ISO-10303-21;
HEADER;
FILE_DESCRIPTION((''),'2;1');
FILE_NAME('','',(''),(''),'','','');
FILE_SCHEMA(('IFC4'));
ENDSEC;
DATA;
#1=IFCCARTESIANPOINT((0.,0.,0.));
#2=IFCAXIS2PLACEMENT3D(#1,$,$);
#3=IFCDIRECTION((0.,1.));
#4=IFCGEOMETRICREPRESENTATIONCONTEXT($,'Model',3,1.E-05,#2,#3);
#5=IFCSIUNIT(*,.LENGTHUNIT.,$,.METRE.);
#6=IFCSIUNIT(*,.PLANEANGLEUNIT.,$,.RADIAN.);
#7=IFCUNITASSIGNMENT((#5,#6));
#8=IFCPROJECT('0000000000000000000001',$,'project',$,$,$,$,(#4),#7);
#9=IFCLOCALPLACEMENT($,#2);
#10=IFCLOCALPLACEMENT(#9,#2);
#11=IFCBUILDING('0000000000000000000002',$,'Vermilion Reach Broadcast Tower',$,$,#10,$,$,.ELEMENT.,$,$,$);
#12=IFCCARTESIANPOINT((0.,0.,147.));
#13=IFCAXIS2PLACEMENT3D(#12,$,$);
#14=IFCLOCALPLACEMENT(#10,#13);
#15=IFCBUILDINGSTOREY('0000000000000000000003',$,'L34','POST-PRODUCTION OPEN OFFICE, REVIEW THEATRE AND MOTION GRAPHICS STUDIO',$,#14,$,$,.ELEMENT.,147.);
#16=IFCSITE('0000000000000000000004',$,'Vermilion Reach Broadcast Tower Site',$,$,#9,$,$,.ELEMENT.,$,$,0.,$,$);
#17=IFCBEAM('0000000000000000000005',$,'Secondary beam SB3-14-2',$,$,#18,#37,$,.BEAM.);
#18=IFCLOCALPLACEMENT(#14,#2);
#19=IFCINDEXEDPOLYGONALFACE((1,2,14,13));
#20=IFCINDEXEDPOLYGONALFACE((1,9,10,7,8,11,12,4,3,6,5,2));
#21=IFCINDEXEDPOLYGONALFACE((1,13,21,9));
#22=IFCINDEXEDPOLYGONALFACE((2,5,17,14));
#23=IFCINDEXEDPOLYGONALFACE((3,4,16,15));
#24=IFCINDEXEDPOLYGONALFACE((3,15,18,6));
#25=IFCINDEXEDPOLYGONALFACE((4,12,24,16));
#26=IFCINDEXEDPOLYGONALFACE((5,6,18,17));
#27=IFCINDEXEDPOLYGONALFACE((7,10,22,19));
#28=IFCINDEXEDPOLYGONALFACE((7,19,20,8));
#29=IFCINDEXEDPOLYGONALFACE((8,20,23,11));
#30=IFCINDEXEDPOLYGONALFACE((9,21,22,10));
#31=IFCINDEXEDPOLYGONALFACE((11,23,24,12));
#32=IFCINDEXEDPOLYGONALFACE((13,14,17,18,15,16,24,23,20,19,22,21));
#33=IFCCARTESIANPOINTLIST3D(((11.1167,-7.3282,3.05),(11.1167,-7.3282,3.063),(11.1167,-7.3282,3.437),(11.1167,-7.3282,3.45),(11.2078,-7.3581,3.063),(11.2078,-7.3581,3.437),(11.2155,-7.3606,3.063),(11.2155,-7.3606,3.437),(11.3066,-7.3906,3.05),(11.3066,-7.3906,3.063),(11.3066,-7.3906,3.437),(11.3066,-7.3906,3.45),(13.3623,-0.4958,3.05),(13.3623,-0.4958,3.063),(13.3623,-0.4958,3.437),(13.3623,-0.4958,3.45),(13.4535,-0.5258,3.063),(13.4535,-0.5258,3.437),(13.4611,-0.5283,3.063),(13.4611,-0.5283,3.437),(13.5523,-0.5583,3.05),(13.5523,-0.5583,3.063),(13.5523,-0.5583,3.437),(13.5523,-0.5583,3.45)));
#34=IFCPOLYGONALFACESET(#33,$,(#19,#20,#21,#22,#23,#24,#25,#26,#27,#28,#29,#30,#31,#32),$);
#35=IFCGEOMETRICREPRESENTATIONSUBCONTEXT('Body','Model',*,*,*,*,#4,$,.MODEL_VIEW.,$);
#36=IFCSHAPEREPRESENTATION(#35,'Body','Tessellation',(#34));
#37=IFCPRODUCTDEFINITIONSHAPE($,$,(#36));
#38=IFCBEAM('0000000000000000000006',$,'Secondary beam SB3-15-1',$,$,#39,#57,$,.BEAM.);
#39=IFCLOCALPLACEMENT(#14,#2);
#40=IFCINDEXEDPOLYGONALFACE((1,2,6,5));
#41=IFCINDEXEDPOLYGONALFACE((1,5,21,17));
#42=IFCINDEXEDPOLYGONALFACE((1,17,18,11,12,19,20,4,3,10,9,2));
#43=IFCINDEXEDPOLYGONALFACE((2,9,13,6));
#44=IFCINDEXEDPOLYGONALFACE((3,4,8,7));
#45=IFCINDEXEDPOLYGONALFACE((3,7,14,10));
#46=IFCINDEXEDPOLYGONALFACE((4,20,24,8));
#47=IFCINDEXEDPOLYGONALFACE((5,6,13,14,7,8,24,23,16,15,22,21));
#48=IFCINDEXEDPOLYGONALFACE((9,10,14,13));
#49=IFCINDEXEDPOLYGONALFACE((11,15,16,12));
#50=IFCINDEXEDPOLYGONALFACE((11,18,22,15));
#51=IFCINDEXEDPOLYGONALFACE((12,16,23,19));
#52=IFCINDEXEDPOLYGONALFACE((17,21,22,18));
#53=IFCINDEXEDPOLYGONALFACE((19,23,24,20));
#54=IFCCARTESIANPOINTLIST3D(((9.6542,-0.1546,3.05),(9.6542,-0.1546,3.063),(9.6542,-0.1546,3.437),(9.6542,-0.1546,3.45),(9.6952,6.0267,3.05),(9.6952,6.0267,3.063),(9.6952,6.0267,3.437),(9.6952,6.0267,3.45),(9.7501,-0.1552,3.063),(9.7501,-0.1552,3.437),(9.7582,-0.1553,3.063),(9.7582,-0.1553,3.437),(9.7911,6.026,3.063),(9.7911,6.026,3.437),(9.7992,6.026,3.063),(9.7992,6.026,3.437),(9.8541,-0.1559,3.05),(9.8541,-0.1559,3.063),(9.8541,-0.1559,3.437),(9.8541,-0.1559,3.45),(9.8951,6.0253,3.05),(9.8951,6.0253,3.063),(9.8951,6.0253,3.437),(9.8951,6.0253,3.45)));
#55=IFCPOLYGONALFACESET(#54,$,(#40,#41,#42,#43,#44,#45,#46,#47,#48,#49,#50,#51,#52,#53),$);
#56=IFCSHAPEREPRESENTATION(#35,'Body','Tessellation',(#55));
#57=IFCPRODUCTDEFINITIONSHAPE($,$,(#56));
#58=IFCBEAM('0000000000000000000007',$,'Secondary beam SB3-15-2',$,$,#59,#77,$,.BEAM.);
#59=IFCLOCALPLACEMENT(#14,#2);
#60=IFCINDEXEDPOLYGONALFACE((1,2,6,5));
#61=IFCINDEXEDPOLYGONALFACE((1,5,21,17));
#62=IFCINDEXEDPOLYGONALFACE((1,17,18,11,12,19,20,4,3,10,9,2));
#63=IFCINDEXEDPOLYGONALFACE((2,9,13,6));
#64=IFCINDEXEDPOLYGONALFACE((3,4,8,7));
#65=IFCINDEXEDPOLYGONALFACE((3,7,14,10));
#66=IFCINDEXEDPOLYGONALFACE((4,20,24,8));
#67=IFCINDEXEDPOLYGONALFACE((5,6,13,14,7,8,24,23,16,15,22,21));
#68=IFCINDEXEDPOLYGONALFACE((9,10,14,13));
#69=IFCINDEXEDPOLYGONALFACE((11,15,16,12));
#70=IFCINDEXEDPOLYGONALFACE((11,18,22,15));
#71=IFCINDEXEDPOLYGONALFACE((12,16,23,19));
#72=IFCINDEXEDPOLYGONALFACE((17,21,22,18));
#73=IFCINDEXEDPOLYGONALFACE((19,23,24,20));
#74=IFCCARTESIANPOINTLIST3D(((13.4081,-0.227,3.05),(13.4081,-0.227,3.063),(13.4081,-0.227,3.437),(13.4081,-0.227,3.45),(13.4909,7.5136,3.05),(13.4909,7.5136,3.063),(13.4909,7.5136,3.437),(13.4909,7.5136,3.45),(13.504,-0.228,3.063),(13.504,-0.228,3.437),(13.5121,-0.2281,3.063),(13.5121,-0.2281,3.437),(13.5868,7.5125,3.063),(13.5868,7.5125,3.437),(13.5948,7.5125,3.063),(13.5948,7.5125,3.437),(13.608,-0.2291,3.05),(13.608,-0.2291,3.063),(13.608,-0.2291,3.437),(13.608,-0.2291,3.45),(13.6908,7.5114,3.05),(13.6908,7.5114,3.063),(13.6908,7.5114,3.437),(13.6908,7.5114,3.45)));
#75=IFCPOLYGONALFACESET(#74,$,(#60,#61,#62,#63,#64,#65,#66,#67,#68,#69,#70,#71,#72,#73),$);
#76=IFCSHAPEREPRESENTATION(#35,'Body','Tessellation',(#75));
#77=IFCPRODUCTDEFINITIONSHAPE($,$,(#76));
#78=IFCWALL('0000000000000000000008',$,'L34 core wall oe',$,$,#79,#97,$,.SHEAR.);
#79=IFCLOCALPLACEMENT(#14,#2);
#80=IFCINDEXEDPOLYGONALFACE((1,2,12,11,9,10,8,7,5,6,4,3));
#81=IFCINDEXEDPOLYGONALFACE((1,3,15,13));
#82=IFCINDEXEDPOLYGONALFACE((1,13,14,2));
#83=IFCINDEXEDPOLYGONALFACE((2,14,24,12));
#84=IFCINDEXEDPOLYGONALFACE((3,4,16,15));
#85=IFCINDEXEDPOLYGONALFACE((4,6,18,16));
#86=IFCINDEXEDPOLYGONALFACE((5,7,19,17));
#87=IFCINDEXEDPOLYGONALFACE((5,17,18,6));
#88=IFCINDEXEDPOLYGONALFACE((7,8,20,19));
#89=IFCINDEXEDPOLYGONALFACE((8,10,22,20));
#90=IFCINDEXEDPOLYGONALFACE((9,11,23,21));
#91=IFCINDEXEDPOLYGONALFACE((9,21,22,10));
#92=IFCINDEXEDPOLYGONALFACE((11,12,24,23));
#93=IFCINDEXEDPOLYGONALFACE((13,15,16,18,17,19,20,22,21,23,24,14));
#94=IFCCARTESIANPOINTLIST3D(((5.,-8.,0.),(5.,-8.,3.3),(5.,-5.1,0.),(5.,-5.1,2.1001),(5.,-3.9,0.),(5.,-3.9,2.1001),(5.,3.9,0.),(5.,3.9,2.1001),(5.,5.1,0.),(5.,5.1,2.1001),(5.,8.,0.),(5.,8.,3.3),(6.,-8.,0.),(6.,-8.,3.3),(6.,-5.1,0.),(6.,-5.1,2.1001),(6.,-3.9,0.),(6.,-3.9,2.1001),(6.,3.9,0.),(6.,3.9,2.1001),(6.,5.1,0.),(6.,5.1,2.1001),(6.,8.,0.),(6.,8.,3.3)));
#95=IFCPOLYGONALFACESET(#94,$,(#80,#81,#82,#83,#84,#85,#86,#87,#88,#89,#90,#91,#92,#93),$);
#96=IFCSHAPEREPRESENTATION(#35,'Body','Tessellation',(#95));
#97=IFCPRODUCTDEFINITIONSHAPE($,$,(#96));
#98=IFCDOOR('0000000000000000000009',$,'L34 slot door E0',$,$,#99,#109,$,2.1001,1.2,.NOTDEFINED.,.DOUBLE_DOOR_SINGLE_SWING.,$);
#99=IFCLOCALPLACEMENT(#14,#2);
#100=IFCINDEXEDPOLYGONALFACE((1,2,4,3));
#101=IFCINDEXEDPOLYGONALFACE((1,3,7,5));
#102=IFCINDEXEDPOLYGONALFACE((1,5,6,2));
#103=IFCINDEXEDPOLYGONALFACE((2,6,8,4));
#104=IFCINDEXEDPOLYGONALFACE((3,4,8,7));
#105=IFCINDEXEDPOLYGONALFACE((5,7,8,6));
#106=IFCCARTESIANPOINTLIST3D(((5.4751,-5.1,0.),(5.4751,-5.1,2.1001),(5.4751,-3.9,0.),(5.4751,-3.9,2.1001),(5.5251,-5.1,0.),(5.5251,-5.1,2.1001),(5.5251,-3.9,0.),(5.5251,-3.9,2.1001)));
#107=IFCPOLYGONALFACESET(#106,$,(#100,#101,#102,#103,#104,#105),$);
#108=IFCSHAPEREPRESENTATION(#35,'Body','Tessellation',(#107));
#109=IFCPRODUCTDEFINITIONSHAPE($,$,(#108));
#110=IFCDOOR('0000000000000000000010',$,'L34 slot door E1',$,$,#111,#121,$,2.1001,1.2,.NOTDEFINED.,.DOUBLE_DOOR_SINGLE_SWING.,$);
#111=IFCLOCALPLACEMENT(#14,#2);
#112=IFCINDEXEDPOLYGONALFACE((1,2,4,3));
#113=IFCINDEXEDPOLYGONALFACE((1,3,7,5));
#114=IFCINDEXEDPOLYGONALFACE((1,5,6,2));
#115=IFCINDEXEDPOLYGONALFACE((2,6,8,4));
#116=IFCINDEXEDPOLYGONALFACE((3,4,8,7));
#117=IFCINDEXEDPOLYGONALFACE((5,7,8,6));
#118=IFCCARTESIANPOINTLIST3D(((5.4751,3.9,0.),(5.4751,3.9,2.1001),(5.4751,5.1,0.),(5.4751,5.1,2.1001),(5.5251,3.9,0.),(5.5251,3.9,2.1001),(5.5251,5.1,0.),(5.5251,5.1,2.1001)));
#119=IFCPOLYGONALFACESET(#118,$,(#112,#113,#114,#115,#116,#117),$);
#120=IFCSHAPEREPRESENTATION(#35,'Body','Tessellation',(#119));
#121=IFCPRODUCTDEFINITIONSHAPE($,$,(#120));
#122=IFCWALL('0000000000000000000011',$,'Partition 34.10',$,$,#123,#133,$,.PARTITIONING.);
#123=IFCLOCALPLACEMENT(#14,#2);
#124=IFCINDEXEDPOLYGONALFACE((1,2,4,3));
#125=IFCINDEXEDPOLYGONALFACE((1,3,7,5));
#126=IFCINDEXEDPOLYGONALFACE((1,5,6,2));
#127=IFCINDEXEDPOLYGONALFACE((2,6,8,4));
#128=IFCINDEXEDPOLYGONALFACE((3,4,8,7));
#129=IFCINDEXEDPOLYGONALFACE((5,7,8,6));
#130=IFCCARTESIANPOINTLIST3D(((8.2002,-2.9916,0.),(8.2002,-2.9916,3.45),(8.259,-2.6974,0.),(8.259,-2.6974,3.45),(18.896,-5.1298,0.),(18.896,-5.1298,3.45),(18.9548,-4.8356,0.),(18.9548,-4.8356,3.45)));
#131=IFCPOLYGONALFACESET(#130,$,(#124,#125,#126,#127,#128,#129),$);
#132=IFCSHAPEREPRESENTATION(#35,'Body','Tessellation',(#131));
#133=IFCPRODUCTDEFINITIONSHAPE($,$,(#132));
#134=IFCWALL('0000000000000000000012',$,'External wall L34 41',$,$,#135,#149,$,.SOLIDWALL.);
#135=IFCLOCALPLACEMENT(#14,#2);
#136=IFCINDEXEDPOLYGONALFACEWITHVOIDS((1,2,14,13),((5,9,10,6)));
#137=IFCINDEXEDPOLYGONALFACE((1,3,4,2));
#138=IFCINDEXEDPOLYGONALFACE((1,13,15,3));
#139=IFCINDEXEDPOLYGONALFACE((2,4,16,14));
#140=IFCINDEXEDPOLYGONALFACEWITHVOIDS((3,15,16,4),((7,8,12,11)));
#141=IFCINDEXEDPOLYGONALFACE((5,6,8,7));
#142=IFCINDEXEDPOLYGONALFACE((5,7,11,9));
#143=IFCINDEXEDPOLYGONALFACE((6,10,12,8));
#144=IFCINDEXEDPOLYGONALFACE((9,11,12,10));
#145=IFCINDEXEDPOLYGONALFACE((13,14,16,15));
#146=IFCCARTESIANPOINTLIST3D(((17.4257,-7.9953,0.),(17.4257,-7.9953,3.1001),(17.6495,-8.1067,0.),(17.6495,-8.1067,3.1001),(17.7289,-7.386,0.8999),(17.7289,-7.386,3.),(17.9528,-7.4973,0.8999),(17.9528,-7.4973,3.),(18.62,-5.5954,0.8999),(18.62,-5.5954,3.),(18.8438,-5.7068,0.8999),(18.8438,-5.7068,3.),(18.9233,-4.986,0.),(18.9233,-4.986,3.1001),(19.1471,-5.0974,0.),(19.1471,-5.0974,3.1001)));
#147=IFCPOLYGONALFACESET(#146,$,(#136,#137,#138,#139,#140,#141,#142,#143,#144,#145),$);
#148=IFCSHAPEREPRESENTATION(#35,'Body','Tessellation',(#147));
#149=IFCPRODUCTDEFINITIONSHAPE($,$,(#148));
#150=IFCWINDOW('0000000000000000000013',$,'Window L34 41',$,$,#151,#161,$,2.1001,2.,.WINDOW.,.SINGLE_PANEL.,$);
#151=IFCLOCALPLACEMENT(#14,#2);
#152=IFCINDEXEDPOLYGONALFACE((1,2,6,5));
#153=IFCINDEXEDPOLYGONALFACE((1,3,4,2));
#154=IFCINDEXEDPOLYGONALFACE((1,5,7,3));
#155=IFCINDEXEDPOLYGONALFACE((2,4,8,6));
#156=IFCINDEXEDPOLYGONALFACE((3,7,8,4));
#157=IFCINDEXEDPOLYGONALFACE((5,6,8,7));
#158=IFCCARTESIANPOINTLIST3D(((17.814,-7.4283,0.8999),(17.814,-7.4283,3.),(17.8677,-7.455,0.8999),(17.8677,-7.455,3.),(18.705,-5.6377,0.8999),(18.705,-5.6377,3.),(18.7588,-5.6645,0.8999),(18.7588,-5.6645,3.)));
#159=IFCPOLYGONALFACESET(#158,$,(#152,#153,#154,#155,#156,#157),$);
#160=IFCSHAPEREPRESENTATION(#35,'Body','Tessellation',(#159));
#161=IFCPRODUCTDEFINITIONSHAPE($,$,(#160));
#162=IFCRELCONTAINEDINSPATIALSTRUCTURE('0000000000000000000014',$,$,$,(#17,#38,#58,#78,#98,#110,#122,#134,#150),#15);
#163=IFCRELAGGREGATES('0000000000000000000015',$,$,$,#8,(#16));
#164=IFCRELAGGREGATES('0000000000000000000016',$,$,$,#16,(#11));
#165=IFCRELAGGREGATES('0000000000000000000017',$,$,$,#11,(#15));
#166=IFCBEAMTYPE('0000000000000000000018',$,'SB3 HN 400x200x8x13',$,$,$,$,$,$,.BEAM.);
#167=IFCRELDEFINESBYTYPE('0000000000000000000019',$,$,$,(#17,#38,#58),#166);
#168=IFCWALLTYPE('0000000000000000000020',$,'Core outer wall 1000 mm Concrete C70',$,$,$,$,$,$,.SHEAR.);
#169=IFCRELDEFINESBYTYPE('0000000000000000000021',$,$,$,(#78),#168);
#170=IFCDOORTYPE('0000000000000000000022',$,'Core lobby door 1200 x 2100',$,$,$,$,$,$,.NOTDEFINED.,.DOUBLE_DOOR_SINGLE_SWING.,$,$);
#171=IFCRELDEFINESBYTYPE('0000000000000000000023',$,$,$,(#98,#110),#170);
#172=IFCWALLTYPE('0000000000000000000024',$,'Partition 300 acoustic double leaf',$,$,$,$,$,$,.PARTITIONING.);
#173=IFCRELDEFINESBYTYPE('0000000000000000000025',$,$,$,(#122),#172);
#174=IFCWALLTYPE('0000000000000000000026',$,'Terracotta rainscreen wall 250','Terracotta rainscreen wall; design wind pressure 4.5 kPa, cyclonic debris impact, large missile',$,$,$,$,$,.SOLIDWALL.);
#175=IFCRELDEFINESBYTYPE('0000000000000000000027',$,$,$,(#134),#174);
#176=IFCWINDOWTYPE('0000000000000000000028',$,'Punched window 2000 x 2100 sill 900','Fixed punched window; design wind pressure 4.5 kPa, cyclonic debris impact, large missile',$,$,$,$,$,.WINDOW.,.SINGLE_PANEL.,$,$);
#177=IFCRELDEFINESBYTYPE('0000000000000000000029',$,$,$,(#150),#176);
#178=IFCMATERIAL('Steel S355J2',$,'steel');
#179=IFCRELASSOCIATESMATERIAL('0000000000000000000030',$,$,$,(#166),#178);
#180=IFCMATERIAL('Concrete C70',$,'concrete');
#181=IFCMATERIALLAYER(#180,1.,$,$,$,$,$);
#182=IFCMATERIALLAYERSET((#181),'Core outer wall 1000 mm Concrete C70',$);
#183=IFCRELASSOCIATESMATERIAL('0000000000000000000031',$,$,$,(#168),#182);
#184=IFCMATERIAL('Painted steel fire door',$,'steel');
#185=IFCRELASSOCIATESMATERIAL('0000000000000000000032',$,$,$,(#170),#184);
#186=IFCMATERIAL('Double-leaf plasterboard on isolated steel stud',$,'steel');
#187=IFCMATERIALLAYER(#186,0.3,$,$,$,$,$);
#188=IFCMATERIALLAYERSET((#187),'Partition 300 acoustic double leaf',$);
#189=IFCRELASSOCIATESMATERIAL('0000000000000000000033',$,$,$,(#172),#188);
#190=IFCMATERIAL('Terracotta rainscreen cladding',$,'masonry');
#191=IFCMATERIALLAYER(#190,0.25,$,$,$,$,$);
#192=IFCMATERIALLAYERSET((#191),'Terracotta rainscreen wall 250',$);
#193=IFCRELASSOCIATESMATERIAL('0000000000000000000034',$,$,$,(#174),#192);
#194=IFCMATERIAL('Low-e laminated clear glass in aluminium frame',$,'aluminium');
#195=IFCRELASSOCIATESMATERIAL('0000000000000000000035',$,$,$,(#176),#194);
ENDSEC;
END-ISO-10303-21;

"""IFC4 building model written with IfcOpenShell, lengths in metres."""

from ifc_helpers import new_model, si_unit, direction, frame, frame_2d, origin, origin_2d, place, context, subcontext, project, spatial, rectangle, i_section, extrude, material, layer, layer_set, material_profile, profile_set, type_object, element, fill, save


model = new_model("IFC4")

# Units and contexts
model_context = context("Model", 3, precision=1e-05, world=origin(), true_north=direction((0.0, 1.0)))
body_context = subcontext(model_context, "Body", "Model", "MODEL_VIEW")
ifc_project = project(units=[si_unit("LENGTHUNIT", "METRE"), si_unit("PLANEANGLEUNIT", "RADIAN")], contexts=[model_context])

# Site, building, storey
site_placement = place(None, origin())
site = spatial("IfcSite", under=ifc_project, at=site_placement, Name="Vermilion Reach Broadcast Tower Site", CompositionType="ELEMENT", RefElevation=0.0)
building_placement = place(site_placement, origin())
building = spatial("IfcBuilding", under=site, at=building_placement, Name="Vermilion Reach Broadcast Tower", CompositionType="ELEMENT")
storey_placement = place(building_placement, frame((0.0, 0.0, 147.0)))
storey = spatial("IfcBuildingStorey", under=building, at=storey_placement, Name="L34", Description="POST-PRODUCTION OPEN OFFICE, REVIEW THEATRE AND MOTION GRAPHICS STUDIO", CompositionType="ELEMENT", Elevation=147.0)

# Beams
ifc_material_1 = material(Name="Steel S355J2", Category="steel")
ifc_material_profile_1 = material_profile(ifc_material_1, i_section(OverallWidth=0.2, OverallDepth=0.3999, WebThickness=0.0081, FlangeThickness=0.0129, at=origin_2d()), Name="S355J2 HN 400x200x8x13")
ifc_profile_set_1 = profile_set([ifc_material_profile_1], Name="Steel S355J2")
beam_type_1 = type_object("IfcBeamType", Name="SB3 HN 400x200x8x13", PredefinedType="BEAM", material=ifc_profile_set_1)
beam_1_placement = place(storey_placement, frame((11.2117, -7.3594, 3.25), z_axis=(0.312243, 0.950002, 0.0), x_axis=(-0.950002, 0.312243, 0.0)))
element("IfcBeam", 1, at=beam_1_placement, inside=storey, type_object=beam_type_1, Name="Secondary beam SB3-14-2", PredefinedType="BEAM", context=body_context, shape_type="SweptSolid", body=[
    extrude(i_section(OverallWidth=0.2, OverallDepth=0.3999, WebThickness=0.0081, FlangeThickness=0.0129, at=origin_2d()), origin(), (0.0, 0.0, 1.0), 7.1919),
])
beam_2_placement = place(storey_placement, frame((9.7542, -0.1553, 3.25), z_axis=(0.006635, 0.999978, 0.0), x_axis=(-0.999978, 0.006635, 0.0)))
element("IfcBeam", 2, at=beam_2_placement, inside=storey, type_object=beam_type_1, Name="Secondary beam SB3-15-1", PredefinedType="BEAM", context=body_context, shape_type="SweptSolid", body=[
    extrude(i_section(OverallWidth=0.2, OverallDepth=0.3999, WebThickness=0.0081, FlangeThickness=0.0129, at=origin_2d()), origin(), (0.0, 0.0, 1.0), 6.1814),
])
beam_3_placement = place(storey_placement, frame((13.5081, -0.228, 3.25), z_axis=(0.010692, 0.999943, 0.0), x_axis=(-0.999943, 0.010692, 0.0)))
element("IfcBeam", 3, at=beam_3_placement, inside=storey, type_object=beam_type_1, Name="Secondary beam SB3-15-2", PredefinedType="BEAM", context=body_context, shape_type="SweptSolid", body=[
    extrude(i_section(OverallWidth=0.2, OverallDepth=0.3999, WebThickness=0.0081, FlangeThickness=0.0129, at=origin_2d()), origin(), (0.0, 0.0, 1.0), 7.741),
])

# Wall, openings, doors
ifc_material_2 = material(Name="Concrete C70", Category="concrete")
ifc_layer_1 = layer(ifc_material_2, 1.0)
ifc_layer_set_1 = layer_set([ifc_layer_1], Name="Core outer wall 1000 mm Concrete C70")
wall_type_1 = type_object("IfcWallType", Name="Core outer wall 1000 mm Concrete C70", PredefinedType="SHEAR", material=ifc_layer_set_1)
wall_1_placement = place(storey_placement, frame((5.5, -8.0, 0.0), z_axis=(0.0, 0.0, 1.0), x_axis=(0.0, 1.0, 0.0)))
wall_1 = element("IfcWall", 4, at=wall_1_placement, inside=storey, type_object=wall_type_1, Name="L34 core wall oe", PredefinedType="SHEAR", context=body_context, shape_type="SweptSolid", body=[
    extrude(rectangle(XDim=16.0, YDim=1.0, at=frame_2d((8.0, 0.0))), origin(), (0.0, 0.0, 1.0), 3.3),
])
opening_1_placement = place(wall_1_placement, frame((2.8999, 0.0, 0.0)))
opening_1 = element("IfcOpeningElement", 5, at=opening_1_placement, cuts=wall_1, PredefinedType="OPENING", context=body_context, shape_type="SweptSolid", body=[
    extrude(rectangle(XDim=1.2, YDim=2.1001, at=frame_2d((0.6001, 1.05))), frame((0.0, 0.51, 0.0), z_axis=(0.0, -1.0, 0.0), x_axis=(1.0, 0.0, 0.0)), (0.0, 0.0, 1.0), 1.02),
])
opening_2_placement = place(wall_1_placement, frame((11.8999, 0.0, 0.0)))
opening_2 = element("IfcOpeningElement", 6, at=opening_2_placement, cuts=wall_1, PredefinedType="OPENING", context=body_context, shape_type="SweptSolid", body=[
    extrude(rectangle(XDim=1.2, YDim=2.1001, at=frame_2d((0.6001, 1.05))), frame((0.0, 0.51, 0.0), z_axis=(0.0, -1.0, 0.0), x_axis=(1.0, 0.0, 0.0)), (0.0, 0.0, 1.0), 1.02),
])
ifc_material_3 = material(Name="Painted steel fire door", Category="steel")
door_type_1 = type_object("IfcDoorType", Name="Core lobby door 1200 x 2100", OperationType="DOUBLE_DOOR_SINGLE_SWING", PredefinedType="NOTDEFINED", material=ifc_material_3)
door_1_placement = place(opening_1_placement, origin())
door_1 = element("IfcDoor", 7, at=door_1_placement, inside=storey, type_object=door_type_1, Name="L34 slot door E0", OperationType="DOUBLE_DOOR_SINGLE_SWING", OverallHeight=2.1001, OverallWidth=1.2, PredefinedType="NOTDEFINED", context=body_context, shape_type="SweptSolid", body=[
    extrude(rectangle(XDim=1.2, YDim=2.1001, at=frame_2d((0.6001, 1.05))), frame((0.0, 0.0249, 0.0), z_axis=(0.0, -1.0, 0.0), x_axis=(1.0, 0.0, 0.0)), (0.0, 0.0, 1.0), 0.05),
])
fill(opening_1, door_1)
door_2_placement = place(opening_2_placement, origin())
door_2 = element("IfcDoor", 8, at=door_2_placement, inside=storey, type_object=door_type_1, Name="L34 slot door E1", OperationType="DOUBLE_DOOR_SINGLE_SWING", OverallHeight=2.1001, OverallWidth=1.2, PredefinedType="NOTDEFINED", context=body_context, shape_type="SweptSolid", body=[
    extrude(rectangle(XDim=1.2, YDim=2.1001, at=frame_2d((0.6001, 1.05))), frame((0.0, 0.0249, 0.0), z_axis=(0.0, -1.0, 0.0), x_axis=(1.0, 0.0, 0.0)), (0.0, 0.0, 1.0), 0.05),
])
fill(opening_2, door_2)

# Wall
ifc_material_4 = material(Name="Double-leaf plasterboard on isolated steel stud", Category="steel")
ifc_layer_2 = layer(ifc_material_4, 0.3)
ifc_layer_set_2 = layer_set([ifc_layer_2], Name="Partition 300 acoustic double leaf")
wall_type_2 = type_object("IfcWallType", Name="Partition 300 acoustic double leaf", PredefinedType="PARTITIONING", material=ifc_layer_set_2)
wall_2_placement = place(storey_placement, frame((18.9253, -4.9827, 0.0), z_axis=(0.0, 0.0, 1.0), x_axis=(-0.980598, 0.19603, 0.0)))
element("IfcWall", 9, at=wall_2_placement, inside=storey, type_object=wall_type_2, Name="Partition 34.10", PredefinedType="PARTITIONING", context=body_context, shape_type="SweptSolid", body=[
    extrude(rectangle(XDim=10.9075, YDim=0.3, at=frame_2d((5.4536, 0.0))), origin(), (0.0, 0.0, 1.0), 3.45),
])

# Wall, opening, window
ifc_material_5 = material(Name="Terracotta rainscreen cladding", Category="masonry")
ifc_layer_3 = layer(ifc_material_5, 0.25)
ifc_layer_set_3 = layer_set([ifc_layer_3], Name="Terracotta rainscreen wall 250")
wall_type_3 = type_object("IfcWallType", Name="Terracotta rainscreen wall 250", Description="Terracotta rainscreen wall; design wind pressure 4.5 kPa, cyclonic debris impact, large missile", PredefinedType="SOLIDWALL", material=ifc_layer_set_3)
wall_3_placement = place(storey_placement, frame((17.5376, -8.051, 0.0), z_axis=(0.0, 0.0, 1.0), x_axis=(0.445528, 0.895268, 0.0)))
wall_3 = element("IfcWall", 10, at=wall_3_placement, inside=storey, type_object=wall_type_3, Name="External wall L34 41", PredefinedType="SOLIDWALL", context=body_context, shape_type="SweptSolid", body=[
    extrude(rectangle(XDim=3.3613, YDim=0.25, at=frame_2d((1.6807, 0.0))), origin(), (0.0, 0.0, 1.0), 3.1001),
])
opening_3_placement = place(wall_3_placement, frame((0.6807, 0.0, 0.8999)))
opening_3 = element("IfcOpeningElement", 11, at=opening_3_placement, cuts=wall_3, PredefinedType="OPENING", context=body_context, shape_type="SweptSolid", body=[
    extrude(rectangle(XDim=2.0, YDim=2.1001, at=frame_2d((1.0, 1.05))), frame((0.0, 0.135, 0.0), z_axis=(0.0, -1.0, 0.0), x_axis=(1.0, 0.0, 0.0)), (0.0, 0.0, 1.0), 0.27),
])
ifc_material_6 = material(Name="Low-e laminated clear glass in aluminium frame", Category="aluminium")
window_type = type_object("IfcWindowType", Name="Punched window 2000 x 2100 sill 900", Description="Fixed punched window; design wind pressure 4.5 kPa, cyclonic debris impact, large missile", PartitioningType="SINGLE_PANEL", PredefinedType="WINDOW", material=ifc_material_6)
window_1_placement = place(opening_3_placement, origin())
window_1 = element("IfcWindow", 12, at=window_1_placement, inside=storey, type_object=window_type, Name="Window L34 41", OverallHeight=2.1001, OverallWidth=2.0, PartitioningType="SINGLE_PANEL", PredefinedType="WINDOW", context=body_context, shape_type="SweptSolid", body=[
    extrude(rectangle(XDim=2.0, YDim=2.1001, at=frame_2d((1.0, 1.05))), frame((0.0, 0.03, 0.0), z_axis=(0.0, -1.0, 0.0), x_axis=(1.0, 0.0, 0.0)), (0.0, 0.0, 1.0), 0.0601),
])
fill(opening_3, window_1)

save(model, "model.ifc")
